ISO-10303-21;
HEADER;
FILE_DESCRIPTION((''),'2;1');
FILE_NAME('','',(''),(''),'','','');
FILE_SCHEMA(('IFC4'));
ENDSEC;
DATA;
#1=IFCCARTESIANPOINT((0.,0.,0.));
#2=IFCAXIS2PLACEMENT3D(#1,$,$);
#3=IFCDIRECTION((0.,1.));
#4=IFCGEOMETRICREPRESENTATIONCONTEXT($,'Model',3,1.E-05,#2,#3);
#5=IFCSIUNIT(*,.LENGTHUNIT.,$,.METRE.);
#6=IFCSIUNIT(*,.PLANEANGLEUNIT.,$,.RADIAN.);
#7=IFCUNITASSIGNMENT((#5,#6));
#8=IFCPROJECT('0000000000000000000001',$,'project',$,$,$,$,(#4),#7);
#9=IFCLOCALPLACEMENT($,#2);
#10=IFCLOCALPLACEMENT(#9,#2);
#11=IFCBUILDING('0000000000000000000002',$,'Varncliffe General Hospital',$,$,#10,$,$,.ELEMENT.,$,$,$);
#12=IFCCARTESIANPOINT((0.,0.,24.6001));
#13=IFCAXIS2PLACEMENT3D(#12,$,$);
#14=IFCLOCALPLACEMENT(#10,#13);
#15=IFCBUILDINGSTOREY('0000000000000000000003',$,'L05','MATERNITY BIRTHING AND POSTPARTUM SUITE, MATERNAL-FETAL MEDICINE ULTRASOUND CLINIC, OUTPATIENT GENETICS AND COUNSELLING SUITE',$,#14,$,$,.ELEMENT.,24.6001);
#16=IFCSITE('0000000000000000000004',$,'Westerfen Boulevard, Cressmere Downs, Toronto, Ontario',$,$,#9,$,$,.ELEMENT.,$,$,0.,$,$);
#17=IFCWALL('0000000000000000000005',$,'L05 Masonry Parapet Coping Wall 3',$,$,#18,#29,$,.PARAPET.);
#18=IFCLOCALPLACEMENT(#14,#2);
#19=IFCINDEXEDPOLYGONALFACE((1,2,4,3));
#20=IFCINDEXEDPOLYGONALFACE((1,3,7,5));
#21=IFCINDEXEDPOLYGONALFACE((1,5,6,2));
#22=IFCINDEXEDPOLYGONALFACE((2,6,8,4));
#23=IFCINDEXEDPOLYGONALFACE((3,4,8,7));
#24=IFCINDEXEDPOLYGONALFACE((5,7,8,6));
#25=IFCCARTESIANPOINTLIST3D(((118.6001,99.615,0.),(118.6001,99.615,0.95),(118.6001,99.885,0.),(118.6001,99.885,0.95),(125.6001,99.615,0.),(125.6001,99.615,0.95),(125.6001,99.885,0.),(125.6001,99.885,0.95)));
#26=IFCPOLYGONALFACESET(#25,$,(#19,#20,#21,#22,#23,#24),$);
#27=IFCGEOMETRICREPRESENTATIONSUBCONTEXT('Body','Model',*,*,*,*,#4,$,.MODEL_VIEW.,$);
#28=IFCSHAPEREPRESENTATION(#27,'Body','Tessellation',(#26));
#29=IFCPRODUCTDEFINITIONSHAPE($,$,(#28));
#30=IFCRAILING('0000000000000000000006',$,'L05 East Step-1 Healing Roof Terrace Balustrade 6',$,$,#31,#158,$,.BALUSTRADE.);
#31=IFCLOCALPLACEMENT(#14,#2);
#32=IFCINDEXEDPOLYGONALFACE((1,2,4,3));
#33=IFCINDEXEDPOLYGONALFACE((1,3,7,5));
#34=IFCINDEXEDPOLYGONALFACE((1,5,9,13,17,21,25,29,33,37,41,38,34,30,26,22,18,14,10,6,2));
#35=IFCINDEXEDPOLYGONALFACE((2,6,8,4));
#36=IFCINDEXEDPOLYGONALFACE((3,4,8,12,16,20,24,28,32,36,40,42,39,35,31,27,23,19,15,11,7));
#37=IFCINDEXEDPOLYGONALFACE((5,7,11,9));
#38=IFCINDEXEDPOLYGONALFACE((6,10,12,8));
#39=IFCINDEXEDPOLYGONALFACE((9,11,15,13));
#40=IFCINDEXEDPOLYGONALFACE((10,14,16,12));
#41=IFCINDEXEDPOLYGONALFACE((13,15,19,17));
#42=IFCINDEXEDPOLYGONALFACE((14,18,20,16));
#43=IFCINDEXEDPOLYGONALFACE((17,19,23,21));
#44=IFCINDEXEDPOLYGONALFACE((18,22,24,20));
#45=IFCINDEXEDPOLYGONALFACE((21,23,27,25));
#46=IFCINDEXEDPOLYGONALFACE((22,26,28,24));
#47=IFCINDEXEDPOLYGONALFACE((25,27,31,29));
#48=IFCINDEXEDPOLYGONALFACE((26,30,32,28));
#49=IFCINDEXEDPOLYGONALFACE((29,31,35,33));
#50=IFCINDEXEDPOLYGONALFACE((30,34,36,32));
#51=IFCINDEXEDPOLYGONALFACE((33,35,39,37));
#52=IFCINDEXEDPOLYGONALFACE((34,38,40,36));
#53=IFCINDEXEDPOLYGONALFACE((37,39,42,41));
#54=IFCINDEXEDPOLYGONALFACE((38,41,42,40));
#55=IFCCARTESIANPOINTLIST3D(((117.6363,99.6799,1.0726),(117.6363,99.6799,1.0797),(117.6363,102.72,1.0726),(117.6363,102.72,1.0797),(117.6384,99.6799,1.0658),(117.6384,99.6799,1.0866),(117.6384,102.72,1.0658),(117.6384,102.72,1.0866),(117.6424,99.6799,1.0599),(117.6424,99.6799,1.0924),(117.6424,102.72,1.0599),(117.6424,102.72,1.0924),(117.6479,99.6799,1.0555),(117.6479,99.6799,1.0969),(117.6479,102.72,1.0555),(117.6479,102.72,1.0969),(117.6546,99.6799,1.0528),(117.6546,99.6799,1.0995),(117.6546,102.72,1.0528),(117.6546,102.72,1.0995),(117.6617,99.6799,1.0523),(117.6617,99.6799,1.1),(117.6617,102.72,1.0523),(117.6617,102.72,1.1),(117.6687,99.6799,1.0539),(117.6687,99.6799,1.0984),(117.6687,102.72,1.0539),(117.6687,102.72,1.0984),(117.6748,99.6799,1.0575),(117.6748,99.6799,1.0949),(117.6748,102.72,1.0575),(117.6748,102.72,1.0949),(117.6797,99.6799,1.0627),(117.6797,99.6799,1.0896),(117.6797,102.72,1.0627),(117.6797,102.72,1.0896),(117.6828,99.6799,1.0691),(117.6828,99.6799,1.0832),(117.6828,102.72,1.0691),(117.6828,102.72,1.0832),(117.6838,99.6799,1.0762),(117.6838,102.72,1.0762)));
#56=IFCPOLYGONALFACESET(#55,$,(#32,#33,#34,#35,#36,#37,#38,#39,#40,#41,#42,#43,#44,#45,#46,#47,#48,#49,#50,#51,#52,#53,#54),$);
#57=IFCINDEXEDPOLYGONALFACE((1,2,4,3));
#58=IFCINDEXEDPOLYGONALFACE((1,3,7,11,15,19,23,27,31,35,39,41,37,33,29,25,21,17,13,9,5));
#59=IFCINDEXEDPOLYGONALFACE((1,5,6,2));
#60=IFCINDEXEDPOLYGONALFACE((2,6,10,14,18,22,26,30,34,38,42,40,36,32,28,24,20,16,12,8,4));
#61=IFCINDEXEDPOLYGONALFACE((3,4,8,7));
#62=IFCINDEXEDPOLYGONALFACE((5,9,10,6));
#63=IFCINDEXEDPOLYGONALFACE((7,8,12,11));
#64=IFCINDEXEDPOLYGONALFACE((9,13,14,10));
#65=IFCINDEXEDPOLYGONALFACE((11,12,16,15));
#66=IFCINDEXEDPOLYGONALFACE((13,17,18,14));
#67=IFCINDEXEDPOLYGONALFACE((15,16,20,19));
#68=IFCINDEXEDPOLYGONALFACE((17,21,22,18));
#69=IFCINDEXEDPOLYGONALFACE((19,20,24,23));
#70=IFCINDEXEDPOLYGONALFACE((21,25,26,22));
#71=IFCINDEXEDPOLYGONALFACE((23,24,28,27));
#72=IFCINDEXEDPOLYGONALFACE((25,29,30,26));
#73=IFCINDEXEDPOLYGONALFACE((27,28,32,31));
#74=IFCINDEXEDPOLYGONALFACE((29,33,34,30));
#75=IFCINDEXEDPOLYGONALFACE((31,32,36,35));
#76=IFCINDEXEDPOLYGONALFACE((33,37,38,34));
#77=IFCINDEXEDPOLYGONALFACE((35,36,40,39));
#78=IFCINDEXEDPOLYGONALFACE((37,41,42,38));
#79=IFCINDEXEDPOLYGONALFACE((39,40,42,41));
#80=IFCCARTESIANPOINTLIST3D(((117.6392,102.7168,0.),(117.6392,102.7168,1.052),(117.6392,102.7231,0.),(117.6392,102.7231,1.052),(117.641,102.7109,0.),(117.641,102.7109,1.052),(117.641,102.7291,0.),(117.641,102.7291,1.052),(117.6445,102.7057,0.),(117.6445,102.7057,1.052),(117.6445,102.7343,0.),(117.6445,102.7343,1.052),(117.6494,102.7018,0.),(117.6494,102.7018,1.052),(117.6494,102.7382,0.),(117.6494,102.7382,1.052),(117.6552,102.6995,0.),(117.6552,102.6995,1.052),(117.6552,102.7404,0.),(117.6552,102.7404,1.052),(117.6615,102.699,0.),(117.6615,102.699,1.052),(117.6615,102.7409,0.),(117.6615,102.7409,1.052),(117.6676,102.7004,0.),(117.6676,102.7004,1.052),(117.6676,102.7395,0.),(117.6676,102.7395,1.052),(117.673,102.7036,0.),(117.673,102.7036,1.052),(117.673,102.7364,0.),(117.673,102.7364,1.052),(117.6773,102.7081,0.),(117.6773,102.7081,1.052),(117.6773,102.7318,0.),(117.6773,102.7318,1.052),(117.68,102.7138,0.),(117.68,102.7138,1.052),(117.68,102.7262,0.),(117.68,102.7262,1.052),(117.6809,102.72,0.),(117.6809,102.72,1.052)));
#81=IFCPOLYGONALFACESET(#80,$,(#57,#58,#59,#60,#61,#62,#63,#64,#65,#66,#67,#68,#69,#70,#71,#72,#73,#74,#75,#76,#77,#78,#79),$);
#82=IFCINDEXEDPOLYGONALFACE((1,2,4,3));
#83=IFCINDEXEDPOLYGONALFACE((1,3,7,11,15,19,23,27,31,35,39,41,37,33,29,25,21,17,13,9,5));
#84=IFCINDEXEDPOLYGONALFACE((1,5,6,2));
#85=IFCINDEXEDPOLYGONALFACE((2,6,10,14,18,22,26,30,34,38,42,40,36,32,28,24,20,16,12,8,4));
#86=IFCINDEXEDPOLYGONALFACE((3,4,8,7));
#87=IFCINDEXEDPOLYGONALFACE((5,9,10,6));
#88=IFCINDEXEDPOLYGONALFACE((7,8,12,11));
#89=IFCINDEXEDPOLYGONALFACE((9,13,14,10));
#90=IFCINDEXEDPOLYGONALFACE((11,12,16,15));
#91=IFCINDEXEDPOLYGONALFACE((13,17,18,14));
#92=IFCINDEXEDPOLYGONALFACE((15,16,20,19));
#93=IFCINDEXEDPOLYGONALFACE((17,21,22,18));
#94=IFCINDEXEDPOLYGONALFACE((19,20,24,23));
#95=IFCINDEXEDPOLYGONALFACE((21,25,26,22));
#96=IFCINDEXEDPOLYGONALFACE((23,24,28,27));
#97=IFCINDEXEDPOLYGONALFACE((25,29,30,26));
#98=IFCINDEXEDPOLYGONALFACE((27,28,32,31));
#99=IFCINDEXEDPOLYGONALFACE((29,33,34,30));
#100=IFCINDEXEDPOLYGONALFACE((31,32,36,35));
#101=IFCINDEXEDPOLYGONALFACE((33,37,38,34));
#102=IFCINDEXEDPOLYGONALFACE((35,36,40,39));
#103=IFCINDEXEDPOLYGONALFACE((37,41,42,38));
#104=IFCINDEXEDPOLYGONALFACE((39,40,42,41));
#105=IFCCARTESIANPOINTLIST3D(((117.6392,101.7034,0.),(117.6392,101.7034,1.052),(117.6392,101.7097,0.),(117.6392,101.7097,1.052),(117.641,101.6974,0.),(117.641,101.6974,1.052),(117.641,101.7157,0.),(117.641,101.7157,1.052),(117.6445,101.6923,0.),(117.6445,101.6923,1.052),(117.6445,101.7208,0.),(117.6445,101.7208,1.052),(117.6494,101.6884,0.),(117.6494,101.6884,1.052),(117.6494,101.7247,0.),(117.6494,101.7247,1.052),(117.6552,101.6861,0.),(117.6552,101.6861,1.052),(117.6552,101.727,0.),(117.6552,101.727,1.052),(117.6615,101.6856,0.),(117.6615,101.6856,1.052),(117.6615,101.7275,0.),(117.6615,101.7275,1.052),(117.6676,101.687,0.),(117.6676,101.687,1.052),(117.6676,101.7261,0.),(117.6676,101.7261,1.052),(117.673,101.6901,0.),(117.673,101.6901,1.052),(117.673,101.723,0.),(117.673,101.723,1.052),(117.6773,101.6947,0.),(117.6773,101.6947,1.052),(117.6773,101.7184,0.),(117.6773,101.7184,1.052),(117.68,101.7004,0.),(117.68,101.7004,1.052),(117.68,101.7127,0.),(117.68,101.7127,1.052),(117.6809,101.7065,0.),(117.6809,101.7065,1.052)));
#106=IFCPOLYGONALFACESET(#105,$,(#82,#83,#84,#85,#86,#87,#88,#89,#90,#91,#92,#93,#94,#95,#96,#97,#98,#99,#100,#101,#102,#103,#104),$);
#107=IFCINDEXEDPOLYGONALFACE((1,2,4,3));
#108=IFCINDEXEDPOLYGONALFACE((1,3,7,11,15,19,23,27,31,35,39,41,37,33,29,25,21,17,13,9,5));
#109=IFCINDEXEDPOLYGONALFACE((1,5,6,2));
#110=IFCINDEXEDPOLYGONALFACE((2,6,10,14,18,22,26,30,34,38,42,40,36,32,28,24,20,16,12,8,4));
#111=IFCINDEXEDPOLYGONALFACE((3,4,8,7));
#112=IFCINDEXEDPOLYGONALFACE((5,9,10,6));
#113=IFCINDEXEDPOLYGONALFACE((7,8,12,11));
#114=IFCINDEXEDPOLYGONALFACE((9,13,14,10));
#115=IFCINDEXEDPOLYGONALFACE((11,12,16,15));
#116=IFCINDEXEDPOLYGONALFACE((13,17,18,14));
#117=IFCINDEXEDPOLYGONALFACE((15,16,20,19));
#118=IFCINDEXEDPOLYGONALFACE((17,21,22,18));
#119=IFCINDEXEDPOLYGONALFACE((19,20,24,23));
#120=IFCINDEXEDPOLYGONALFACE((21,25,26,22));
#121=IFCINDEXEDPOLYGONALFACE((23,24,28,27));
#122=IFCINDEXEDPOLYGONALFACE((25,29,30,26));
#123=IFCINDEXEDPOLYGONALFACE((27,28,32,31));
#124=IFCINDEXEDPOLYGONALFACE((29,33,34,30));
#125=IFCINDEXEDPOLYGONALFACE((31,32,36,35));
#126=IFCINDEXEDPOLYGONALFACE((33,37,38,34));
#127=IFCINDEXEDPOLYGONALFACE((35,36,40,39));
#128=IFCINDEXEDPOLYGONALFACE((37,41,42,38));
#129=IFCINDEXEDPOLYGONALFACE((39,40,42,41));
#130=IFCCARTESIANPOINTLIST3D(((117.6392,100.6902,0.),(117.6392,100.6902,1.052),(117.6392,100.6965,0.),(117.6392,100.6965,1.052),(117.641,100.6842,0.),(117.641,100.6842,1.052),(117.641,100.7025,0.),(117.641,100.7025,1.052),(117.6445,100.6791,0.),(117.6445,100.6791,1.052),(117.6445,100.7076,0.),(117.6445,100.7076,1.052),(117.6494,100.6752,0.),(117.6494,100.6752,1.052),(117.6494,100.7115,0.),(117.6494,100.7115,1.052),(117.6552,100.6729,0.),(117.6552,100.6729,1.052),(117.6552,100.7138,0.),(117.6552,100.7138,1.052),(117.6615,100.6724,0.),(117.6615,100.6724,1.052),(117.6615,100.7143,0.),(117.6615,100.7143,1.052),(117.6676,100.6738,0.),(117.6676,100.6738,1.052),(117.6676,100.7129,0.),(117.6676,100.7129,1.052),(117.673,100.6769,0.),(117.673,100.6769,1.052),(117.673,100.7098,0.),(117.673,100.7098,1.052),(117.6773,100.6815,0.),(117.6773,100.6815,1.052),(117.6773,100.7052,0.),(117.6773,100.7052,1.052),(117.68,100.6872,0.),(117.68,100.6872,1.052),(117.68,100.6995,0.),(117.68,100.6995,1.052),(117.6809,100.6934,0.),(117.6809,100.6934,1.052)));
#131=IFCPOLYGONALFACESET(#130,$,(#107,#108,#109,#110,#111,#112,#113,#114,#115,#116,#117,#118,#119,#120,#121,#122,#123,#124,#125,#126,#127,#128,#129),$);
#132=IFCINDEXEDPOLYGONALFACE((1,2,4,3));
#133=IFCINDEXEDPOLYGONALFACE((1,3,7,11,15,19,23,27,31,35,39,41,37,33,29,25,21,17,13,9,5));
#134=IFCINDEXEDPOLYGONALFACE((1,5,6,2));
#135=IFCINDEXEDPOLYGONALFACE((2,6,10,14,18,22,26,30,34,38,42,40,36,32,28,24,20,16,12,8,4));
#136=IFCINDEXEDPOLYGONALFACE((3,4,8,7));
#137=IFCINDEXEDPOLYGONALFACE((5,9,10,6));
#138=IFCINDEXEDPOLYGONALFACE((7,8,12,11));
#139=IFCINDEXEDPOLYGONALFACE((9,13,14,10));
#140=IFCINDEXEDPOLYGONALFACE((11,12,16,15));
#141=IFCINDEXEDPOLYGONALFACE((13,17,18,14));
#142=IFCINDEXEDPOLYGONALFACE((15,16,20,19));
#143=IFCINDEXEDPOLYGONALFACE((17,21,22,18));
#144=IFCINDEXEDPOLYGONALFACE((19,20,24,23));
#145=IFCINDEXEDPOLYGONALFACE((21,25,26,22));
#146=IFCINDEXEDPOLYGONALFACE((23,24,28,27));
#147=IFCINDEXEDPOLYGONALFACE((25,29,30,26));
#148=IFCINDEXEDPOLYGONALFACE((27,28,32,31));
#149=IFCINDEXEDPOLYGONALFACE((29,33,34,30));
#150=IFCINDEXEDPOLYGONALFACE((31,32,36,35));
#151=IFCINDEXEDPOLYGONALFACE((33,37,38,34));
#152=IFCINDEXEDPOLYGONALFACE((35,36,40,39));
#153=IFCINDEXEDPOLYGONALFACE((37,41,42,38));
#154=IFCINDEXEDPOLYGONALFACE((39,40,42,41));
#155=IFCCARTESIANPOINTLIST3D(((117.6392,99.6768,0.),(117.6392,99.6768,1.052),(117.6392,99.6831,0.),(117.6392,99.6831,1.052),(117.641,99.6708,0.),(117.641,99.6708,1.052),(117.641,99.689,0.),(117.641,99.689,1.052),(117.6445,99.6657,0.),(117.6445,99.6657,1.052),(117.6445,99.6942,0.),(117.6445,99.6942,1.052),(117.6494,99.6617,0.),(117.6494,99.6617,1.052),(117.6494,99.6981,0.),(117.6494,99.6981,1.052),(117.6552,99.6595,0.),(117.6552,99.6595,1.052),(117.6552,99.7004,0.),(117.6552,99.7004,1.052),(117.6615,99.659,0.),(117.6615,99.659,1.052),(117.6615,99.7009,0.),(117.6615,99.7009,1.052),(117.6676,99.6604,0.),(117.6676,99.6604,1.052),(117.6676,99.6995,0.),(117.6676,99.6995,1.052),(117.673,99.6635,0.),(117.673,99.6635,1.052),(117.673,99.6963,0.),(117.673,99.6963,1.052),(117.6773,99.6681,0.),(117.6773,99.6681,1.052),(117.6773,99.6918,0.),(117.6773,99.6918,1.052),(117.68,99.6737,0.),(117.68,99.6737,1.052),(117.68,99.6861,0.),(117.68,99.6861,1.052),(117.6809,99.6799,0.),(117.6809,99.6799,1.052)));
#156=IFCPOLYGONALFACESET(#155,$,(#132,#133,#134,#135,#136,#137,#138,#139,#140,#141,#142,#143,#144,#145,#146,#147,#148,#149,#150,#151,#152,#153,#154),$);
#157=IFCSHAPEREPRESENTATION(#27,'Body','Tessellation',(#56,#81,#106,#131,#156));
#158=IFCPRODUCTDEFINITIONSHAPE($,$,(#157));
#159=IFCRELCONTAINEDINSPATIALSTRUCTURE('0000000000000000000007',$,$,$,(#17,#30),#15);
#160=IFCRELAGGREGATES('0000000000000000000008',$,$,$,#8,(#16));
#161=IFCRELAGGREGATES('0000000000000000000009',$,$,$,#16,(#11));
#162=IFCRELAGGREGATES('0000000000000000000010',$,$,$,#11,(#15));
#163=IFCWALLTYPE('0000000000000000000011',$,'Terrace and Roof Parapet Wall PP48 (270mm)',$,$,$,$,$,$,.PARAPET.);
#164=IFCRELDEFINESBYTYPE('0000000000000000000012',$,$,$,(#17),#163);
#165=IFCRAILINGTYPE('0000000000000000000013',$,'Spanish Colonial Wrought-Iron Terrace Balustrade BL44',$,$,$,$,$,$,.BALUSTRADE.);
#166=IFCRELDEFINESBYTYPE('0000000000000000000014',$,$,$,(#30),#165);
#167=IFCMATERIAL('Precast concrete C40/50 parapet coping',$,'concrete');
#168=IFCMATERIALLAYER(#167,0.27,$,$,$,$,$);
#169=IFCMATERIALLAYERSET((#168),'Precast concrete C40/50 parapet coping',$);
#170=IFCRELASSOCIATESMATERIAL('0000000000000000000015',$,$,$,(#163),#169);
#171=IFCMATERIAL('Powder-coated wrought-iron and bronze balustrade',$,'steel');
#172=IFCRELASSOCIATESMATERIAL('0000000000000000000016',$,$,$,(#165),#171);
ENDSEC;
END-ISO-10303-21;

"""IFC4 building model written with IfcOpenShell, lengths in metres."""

from ifc_helpers import new_model, si_unit, direction, frame, frame_2d, origin, origin_2d, place, context, subcontext, project, spatial, rectangle, circle, extrude, material, layer, layer_set, type_object, element, save


model = new_model("IFC4")

# Units and contexts
model_context = context("Model", 3, precision=1e-05, world=origin(), true_north=direction((0.0, 1.0)))
body_context = subcontext(model_context, "Body", "Model", "MODEL_VIEW")
ifc_project = project(units=[si_unit("LENGTHUNIT", "METRE"), si_unit("PLANEANGLEUNIT", "RADIAN")], contexts=[model_context])

# Site, building, storey
site_placement = place(None, origin())
site = spatial("IfcSite", under=ifc_project, at=site_placement, Name="Westerfen Boulevard, Cressmere Downs, Toronto, Ontario", CompositionType="ELEMENT", RefElevation=0.0)
building_placement = place(site_placement, origin())
building = spatial("IfcBuilding", under=site, at=building_placement, Name="Varncliffe General Hospital", CompositionType="ELEMENT")
storey_placement = place(building_placement, frame((0.0, 0.0, 24.6001)))
storey = spatial("IfcBuildingStorey", under=building, at=storey_placement, Name="L05", Description="MATERNITY BIRTHING AND POSTPARTUM SUITE, MATERNAL-FETAL MEDICINE ULTRASOUND CLINIC, OUTPATIENT GENETICS AND COUNSELLING SUITE", CompositionType="ELEMENT", Elevation=24.6001)

# Wall
ifc_material_1 = material(Name="Precast concrete C40/50 parapet coping", Category="concrete")
ifc_layer_1 = layer(ifc_material_1, 0.27)
ifc_layer_set_1 = layer_set([ifc_layer_1], Name="Precast concrete C40/50 parapet coping")
wall_type_1 = type_object("IfcWallType", Name="Terrace and Roof Parapet Wall PP48 (270mm)", PredefinedType="PARAPET", material=ifc_layer_set_1)
wall_1_placement = place(storey_placement, frame((118.6001, 99.75, 0.0), z_axis=(0.0, 0.0, 1.0), x_axis=(1.0, 0.0, 0.0)))
element("IfcWall", 1, at=wall_1_placement, inside=storey, type_object=wall_type_1, Name="L05 Masonry Parapet Coping Wall 3", PredefinedType="PARAPET", context=body_context, shape_type="SweptSolid", body=[
    extrude(rectangle(XDim=7.0, YDim=0.27, at=frame_2d((3.5, 0.0))), origin(), (0.0, 0.0, 1.0), 0.95),
])

# Railing
ifc_material_2 = material(Name="Powder-coated wrought-iron and bronze balustrade", Category="steel")
railing_type = type_object("IfcRailingType", Name="Spanish Colonial Wrought-Iron Terrace Balustrade BL44", PredefinedType="BALUSTRADE", material=ifc_material_2)
railing_1_placement = place(storey_placement, frame((117.6599, 102.72, 0.0)))
element("IfcRailing", 2, at=railing_1_placement, inside=storey, type_object=railing_type, Name="L05 East Step-1 Healing Roof Terrace Balustrade 6", PredefinedType="BALUSTRADE", context=body_context, shape_type="SweptSolid", body=[
    extrude(circle(Radius=0.0239, at=origin_2d()), frame((0.0, 0.0, 1.0762), z_axis=(0.0, -1.0, 0.0), x_axis=(1.0, 0.0, 0.0)), (0.0, 0.0, 1.0), 3.04),
    extrude(circle(Radius=0.021, at=origin_2d()), origin(), (0.0, 0.0, 1.0), 1.052),
    extrude(circle(Radius=0.021, at=origin_2d()), frame((0.0, -1.0134, 0.0)), (0.0, 0.0, 1.0), 1.052),
    extrude(circle(Radius=0.021, at=origin_2d()), frame((0.0, -2.0266, 0.0)), (0.0, 0.0, 1.0), 1.052),
    extrude(circle(Radius=0.021, at=origin_2d()), frame((0.0, -3.04, 0.0)), (0.0, 0.0, 1.0), 1.052),
])

save(model, "model.ifc")
